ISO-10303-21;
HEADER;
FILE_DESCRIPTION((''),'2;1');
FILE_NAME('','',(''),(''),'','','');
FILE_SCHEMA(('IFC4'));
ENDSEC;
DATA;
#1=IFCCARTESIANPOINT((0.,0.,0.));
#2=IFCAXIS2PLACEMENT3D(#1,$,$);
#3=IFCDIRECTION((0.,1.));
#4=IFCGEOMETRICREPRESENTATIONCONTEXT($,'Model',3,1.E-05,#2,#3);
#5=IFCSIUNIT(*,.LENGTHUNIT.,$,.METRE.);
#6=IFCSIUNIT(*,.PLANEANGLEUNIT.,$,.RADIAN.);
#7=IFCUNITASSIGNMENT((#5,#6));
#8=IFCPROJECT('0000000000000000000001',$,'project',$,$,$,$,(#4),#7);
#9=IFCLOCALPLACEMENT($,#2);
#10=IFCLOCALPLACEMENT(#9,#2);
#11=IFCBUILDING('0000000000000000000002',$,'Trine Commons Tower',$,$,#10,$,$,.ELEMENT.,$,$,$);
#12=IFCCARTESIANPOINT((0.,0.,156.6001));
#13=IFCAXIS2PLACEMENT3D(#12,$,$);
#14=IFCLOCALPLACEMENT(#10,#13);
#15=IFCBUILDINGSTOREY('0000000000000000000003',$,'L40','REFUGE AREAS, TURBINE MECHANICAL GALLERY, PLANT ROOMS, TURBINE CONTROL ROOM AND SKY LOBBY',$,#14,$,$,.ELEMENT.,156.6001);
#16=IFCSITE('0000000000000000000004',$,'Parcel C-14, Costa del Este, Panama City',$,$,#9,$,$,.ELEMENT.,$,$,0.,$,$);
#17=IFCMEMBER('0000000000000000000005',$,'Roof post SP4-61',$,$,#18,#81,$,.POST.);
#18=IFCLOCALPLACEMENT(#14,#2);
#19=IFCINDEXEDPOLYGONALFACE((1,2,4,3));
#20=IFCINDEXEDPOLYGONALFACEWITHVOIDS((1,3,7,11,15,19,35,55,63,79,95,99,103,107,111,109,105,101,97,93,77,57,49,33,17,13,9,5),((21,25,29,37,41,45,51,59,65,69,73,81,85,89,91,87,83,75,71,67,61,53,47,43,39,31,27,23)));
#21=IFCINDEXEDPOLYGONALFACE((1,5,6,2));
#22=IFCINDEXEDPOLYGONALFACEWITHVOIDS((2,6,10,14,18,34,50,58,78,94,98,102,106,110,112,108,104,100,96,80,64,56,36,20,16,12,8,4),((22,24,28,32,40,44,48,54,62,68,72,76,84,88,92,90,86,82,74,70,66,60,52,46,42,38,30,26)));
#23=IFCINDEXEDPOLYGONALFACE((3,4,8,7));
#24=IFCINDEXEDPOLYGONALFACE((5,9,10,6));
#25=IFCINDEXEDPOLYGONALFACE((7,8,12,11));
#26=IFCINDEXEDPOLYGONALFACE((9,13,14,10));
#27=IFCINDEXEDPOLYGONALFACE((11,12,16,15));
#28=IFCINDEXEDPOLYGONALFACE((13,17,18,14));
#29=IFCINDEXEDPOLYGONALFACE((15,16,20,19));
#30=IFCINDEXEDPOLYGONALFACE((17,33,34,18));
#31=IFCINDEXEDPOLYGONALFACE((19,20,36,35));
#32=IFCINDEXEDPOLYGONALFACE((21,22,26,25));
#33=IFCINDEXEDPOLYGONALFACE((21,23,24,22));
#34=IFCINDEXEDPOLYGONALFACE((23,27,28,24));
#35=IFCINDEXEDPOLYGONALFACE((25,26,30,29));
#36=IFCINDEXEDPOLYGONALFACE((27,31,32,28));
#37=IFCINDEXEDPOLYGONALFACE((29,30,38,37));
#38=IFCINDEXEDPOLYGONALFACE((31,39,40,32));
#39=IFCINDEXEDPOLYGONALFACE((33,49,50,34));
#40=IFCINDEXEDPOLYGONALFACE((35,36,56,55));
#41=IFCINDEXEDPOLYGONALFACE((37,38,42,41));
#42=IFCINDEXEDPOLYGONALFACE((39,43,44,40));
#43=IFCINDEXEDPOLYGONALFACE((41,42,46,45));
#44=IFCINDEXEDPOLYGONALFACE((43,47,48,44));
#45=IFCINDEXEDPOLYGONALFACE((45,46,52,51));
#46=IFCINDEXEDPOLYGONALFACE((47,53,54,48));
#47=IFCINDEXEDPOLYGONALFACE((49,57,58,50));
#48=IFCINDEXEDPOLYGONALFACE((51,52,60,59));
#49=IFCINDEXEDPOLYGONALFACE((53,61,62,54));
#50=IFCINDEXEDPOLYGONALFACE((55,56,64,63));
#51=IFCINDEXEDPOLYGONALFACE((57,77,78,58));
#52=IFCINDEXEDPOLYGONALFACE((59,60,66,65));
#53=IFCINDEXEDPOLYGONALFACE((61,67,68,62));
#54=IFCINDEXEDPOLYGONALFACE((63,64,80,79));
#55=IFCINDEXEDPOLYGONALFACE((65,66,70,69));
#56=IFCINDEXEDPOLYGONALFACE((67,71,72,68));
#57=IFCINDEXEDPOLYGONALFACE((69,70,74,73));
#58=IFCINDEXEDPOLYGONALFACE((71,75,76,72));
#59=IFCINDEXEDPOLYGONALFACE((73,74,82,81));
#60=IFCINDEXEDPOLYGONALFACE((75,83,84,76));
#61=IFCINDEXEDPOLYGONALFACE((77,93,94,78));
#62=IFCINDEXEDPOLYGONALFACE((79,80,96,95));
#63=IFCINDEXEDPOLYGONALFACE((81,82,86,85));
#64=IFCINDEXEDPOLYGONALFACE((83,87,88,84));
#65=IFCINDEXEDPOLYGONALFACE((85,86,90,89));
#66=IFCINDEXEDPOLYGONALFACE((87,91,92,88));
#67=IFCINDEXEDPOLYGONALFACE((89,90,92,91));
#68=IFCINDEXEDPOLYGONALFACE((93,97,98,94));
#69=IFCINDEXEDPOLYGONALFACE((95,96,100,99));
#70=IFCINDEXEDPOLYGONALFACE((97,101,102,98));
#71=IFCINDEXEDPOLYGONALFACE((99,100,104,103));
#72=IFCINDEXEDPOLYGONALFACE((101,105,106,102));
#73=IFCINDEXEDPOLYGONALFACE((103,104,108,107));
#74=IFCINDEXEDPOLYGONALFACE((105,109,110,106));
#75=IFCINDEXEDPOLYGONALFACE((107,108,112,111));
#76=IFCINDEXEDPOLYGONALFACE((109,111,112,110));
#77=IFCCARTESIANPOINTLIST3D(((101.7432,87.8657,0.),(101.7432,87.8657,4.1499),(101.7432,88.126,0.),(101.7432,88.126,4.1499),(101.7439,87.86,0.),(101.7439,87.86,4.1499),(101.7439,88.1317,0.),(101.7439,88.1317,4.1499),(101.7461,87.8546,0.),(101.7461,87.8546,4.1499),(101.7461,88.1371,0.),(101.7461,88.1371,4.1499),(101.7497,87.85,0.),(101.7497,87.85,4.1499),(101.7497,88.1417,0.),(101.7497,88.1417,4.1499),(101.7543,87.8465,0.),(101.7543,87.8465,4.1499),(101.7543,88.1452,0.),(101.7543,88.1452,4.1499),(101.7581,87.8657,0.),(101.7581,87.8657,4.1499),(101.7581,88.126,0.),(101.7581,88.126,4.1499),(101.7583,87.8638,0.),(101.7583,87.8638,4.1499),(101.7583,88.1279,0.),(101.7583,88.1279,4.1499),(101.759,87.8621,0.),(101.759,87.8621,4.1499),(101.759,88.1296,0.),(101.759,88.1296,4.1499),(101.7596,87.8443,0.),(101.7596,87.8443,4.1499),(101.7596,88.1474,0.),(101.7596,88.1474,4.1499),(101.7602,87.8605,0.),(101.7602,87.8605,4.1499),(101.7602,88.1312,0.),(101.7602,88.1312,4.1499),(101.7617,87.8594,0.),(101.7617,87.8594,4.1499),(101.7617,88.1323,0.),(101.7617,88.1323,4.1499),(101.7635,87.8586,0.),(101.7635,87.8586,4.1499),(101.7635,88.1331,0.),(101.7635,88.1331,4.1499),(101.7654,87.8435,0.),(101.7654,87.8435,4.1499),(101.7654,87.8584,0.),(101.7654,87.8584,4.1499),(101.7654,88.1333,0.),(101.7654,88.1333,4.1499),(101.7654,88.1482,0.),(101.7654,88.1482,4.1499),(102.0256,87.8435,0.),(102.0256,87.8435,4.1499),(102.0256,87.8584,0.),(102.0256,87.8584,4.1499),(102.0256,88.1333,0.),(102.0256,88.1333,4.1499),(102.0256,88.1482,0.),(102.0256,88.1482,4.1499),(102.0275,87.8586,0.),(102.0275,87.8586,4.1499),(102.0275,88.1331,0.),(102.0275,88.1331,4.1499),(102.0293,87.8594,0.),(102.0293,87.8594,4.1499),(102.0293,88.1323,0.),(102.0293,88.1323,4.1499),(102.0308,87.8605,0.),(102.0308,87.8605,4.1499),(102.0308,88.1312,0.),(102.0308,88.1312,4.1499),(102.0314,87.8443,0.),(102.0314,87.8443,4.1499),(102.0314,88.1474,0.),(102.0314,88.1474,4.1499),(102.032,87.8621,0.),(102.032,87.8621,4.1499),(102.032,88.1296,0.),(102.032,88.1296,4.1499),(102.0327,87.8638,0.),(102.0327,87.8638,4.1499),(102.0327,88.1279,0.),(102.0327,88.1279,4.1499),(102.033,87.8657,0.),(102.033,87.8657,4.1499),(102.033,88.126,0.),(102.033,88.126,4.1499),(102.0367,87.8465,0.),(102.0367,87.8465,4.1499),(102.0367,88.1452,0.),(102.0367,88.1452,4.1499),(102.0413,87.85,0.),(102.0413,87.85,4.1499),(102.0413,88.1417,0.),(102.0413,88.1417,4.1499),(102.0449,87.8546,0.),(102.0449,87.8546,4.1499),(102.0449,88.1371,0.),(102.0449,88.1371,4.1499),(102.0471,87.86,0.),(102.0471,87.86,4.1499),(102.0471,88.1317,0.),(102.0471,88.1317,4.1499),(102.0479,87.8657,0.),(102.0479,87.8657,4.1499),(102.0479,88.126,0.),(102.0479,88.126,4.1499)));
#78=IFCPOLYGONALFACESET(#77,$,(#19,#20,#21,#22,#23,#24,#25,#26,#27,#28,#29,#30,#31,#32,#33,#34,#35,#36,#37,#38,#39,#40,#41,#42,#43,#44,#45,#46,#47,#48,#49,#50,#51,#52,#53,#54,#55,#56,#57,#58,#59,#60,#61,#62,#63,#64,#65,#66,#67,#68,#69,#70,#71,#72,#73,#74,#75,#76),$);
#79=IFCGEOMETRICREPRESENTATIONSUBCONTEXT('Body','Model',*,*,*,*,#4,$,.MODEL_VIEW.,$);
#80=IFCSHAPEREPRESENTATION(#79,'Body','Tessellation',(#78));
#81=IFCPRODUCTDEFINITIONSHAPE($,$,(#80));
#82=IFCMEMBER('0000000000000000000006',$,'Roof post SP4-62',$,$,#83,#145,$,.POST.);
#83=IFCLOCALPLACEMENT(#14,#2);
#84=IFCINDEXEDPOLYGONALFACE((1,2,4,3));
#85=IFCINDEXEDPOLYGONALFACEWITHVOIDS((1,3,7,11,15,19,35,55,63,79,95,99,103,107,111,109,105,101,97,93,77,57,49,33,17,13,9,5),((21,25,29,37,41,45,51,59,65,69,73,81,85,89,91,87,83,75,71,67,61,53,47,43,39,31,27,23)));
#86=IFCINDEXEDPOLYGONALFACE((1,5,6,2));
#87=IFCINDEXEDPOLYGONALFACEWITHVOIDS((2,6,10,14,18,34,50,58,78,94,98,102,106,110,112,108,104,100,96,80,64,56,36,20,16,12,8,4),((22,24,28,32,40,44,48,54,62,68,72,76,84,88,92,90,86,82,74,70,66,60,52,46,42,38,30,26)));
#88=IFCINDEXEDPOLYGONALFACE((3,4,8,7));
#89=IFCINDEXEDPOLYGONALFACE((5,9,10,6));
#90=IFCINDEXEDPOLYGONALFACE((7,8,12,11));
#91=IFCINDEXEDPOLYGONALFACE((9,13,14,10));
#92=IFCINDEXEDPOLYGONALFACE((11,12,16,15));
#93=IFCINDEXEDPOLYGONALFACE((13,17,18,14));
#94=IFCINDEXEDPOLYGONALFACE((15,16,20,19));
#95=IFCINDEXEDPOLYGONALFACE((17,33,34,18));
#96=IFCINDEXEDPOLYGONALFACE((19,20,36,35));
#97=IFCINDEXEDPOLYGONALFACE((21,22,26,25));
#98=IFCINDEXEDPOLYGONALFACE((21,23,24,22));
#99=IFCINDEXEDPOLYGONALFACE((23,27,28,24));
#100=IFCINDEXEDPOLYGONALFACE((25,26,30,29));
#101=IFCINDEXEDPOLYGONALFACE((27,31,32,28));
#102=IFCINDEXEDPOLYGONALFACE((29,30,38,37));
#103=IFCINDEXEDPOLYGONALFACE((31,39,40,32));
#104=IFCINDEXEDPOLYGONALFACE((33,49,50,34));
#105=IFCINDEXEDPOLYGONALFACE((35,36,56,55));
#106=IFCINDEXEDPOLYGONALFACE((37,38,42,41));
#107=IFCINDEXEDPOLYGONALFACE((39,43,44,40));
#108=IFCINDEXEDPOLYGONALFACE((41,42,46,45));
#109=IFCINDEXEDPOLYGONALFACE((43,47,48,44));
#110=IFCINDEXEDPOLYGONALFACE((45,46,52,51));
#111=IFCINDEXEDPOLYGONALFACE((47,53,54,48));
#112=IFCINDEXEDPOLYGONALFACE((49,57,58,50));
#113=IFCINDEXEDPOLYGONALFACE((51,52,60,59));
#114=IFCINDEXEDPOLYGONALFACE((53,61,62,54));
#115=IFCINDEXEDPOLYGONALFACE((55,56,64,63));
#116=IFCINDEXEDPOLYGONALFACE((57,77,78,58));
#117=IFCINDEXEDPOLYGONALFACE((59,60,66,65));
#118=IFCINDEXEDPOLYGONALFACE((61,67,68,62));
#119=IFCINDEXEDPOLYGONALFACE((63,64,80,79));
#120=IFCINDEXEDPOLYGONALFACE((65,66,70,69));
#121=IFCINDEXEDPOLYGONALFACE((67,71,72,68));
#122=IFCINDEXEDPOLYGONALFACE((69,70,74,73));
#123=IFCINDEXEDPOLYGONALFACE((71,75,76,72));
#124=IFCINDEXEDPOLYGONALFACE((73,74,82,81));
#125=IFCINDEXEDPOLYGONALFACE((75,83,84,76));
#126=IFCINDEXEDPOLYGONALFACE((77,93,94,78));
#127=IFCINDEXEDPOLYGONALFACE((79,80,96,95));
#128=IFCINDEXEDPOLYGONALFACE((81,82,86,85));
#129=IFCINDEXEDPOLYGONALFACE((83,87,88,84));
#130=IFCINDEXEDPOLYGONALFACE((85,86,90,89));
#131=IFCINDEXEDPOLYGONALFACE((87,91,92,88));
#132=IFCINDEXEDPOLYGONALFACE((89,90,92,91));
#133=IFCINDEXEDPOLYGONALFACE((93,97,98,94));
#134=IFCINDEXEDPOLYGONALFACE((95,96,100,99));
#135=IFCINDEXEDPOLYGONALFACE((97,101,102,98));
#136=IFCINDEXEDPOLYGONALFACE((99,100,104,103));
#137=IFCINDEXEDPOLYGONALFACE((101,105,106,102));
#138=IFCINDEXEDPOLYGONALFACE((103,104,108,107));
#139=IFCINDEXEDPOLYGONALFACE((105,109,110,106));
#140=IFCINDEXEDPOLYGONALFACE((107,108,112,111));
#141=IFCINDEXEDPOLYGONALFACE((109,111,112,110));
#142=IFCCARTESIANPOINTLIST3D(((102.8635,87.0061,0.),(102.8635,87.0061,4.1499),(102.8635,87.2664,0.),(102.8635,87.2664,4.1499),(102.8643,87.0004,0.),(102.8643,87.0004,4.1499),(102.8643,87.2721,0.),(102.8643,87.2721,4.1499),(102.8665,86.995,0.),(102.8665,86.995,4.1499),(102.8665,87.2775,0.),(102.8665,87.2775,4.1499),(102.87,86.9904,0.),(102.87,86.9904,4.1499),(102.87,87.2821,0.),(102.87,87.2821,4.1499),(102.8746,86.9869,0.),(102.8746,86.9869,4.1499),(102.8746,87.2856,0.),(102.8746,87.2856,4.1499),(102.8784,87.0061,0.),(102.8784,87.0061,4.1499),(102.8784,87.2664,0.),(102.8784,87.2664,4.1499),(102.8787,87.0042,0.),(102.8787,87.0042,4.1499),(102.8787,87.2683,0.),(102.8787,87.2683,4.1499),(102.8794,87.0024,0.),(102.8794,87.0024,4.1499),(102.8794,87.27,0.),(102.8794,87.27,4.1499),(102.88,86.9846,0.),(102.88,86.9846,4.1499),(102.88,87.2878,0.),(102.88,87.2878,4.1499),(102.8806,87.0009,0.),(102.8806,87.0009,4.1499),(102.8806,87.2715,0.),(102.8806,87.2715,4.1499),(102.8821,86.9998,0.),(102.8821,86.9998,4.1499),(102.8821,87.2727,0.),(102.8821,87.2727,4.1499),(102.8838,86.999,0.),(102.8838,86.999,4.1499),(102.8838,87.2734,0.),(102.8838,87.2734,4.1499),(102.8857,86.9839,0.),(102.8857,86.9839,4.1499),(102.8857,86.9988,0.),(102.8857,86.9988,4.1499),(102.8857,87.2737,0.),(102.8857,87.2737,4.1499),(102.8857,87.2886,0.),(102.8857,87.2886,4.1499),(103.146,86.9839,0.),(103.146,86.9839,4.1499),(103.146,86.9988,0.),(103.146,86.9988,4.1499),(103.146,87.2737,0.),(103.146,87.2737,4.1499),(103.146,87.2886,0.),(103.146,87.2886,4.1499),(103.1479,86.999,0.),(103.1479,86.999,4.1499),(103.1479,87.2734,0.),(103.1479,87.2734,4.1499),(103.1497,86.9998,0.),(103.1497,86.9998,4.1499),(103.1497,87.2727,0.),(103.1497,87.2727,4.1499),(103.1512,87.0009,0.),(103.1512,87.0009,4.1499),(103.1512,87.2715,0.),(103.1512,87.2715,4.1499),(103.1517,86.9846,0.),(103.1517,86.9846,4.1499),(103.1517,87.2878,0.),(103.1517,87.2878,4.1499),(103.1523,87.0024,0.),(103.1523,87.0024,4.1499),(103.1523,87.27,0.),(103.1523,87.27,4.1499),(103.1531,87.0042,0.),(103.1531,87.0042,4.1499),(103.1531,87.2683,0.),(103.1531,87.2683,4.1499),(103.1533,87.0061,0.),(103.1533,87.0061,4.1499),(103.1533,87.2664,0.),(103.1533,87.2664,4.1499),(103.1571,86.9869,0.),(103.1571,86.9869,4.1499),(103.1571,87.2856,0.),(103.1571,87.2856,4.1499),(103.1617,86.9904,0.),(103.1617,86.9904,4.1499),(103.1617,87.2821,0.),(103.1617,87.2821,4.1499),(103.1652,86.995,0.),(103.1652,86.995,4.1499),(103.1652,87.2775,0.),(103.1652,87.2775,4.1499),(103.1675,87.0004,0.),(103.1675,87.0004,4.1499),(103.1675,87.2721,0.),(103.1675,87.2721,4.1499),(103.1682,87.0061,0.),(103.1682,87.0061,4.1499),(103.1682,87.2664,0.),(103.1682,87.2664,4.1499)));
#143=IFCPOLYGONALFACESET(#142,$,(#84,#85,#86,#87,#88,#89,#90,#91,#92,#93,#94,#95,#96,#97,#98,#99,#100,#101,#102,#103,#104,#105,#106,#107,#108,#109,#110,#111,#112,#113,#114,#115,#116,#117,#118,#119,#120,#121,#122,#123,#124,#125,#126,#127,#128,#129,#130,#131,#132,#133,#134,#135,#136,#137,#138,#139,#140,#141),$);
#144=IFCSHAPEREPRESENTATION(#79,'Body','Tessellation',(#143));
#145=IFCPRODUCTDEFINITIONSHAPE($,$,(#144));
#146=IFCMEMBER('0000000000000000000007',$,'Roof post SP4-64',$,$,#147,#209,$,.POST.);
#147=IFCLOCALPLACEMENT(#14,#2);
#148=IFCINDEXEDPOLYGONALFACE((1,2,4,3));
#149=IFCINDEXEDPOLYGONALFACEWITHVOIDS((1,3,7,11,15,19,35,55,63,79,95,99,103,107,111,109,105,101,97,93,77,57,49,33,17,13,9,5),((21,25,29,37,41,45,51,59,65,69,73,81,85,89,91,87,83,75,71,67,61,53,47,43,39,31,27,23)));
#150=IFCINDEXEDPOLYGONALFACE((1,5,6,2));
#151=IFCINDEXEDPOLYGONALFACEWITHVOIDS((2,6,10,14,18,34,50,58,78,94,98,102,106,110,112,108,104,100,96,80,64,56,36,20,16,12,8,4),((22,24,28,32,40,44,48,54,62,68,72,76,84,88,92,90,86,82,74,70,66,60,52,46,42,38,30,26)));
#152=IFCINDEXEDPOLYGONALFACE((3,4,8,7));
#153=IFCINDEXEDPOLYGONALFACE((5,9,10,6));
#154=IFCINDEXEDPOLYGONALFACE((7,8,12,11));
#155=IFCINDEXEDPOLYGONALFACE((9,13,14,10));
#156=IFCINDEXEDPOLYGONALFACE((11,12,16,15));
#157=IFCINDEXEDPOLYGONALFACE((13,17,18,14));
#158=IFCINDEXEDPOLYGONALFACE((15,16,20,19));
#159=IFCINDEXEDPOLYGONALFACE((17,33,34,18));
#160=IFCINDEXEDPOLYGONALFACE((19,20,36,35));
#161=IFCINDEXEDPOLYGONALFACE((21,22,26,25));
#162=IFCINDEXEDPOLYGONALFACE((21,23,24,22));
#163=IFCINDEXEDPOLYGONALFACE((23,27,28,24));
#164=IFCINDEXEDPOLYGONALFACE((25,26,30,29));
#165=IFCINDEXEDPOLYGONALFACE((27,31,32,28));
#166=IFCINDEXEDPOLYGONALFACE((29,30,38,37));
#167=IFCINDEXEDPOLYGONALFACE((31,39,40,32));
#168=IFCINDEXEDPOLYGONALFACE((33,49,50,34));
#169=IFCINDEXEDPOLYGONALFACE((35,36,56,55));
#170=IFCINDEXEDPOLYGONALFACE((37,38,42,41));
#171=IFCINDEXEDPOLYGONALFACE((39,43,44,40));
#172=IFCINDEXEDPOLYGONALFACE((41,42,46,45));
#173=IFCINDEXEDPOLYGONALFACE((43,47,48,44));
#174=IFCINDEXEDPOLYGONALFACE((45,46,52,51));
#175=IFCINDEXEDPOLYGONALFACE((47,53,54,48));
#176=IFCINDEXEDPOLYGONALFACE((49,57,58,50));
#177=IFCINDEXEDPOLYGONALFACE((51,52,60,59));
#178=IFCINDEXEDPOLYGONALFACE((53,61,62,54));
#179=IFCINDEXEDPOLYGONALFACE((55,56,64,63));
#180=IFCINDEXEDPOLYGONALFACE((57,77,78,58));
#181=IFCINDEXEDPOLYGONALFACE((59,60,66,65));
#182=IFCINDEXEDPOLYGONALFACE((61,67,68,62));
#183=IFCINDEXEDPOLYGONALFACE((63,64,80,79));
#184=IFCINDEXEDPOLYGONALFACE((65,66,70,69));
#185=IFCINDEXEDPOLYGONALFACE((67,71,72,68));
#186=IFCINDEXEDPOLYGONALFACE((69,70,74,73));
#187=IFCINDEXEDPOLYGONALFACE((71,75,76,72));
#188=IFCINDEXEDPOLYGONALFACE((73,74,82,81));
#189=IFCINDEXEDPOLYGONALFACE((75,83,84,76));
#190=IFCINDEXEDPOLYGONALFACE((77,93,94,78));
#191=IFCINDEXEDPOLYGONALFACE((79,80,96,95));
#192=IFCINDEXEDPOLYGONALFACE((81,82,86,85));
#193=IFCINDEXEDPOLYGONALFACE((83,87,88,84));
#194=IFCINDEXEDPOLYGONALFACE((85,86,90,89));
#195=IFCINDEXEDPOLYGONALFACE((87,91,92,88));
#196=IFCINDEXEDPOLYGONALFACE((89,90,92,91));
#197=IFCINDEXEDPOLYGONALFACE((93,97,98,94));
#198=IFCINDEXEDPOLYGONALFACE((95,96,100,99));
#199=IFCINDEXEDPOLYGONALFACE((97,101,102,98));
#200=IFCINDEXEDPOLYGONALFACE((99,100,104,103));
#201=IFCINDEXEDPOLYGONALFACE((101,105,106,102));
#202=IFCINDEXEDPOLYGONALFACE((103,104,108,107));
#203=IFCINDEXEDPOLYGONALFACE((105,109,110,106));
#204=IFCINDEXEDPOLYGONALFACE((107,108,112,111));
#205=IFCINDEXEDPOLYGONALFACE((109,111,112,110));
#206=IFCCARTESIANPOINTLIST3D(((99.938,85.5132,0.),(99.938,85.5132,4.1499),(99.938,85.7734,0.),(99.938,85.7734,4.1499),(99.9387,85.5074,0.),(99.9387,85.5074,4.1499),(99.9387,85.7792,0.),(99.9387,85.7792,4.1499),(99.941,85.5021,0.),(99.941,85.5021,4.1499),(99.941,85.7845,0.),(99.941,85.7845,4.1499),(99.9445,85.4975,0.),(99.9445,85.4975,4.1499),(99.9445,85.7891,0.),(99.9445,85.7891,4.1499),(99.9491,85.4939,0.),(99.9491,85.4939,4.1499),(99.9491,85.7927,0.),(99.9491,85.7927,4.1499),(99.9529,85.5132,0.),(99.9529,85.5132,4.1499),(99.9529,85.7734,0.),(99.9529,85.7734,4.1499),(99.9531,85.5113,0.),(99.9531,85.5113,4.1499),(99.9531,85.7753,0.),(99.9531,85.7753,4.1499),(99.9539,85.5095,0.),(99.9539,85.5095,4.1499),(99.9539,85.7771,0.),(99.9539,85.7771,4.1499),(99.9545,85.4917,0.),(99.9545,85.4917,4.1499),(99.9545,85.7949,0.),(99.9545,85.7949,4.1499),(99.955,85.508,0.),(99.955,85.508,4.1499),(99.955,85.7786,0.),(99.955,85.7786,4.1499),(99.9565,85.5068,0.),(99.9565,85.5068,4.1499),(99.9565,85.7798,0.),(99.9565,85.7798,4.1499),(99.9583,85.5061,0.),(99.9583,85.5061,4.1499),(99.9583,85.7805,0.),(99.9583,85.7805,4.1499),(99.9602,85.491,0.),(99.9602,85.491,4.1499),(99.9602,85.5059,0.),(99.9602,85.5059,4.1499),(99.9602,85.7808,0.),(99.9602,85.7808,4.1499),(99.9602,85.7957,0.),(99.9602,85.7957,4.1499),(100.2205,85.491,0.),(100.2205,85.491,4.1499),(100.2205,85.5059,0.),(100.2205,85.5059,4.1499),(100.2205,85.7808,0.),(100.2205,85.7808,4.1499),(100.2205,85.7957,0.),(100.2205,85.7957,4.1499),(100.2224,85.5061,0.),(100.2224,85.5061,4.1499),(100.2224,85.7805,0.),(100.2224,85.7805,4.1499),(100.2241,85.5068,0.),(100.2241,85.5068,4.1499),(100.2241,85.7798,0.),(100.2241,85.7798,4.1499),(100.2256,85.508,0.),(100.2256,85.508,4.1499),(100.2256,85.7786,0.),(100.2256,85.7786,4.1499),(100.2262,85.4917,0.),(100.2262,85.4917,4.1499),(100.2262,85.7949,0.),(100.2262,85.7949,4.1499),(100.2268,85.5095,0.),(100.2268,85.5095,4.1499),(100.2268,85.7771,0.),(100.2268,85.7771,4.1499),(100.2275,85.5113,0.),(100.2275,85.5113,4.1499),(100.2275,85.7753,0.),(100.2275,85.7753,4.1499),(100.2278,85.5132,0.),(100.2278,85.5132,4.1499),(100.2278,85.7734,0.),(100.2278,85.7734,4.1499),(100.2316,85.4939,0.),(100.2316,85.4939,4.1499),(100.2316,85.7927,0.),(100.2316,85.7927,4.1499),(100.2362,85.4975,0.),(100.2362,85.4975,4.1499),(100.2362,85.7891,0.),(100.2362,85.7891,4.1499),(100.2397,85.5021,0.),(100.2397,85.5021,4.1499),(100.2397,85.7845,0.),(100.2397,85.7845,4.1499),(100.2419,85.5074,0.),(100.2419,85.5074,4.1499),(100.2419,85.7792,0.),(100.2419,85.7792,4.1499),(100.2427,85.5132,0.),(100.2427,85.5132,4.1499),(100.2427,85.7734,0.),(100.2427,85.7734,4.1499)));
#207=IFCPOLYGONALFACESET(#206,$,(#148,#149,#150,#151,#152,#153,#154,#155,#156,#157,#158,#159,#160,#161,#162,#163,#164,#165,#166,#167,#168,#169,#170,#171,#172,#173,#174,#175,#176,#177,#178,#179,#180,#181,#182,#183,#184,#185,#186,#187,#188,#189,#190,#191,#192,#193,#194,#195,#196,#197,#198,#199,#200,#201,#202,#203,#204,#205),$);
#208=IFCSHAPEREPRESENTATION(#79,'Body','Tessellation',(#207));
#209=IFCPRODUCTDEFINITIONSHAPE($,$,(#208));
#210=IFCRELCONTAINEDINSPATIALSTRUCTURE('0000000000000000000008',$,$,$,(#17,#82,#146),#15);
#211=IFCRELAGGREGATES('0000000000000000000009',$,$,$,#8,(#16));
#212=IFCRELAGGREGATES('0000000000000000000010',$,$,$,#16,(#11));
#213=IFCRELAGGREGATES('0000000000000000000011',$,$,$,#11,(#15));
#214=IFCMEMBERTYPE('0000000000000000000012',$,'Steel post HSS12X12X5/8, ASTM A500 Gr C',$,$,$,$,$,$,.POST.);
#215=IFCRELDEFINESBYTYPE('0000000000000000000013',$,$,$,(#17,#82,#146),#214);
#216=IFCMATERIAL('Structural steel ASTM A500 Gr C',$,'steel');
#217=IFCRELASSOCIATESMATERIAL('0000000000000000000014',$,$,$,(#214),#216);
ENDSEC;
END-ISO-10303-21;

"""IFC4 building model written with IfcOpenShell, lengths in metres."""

from ifc_helpers import new_model, si_unit, direction, frame, origin, origin_2d, place, context, subcontext, project, spatial, hollow_rectangle, extrude, material, material_profile, profile_set, type_object, element, save


model = new_model("IFC4")

# Units and contexts
model_context = context("Model", 3, precision=1e-05, world=origin(), true_north=direction((0.0, 1.0)))
body_context = subcontext(model_context, "Body", "Model", "MODEL_VIEW")
ifc_project = project(units=[si_unit("LENGTHUNIT", "METRE"), si_unit("PLANEANGLEUNIT", "RADIAN")], contexts=[model_context])

# Site, building, storey
site_placement = place(None, origin())
site = spatial("IfcSite", under=ifc_project, at=site_placement, Name="Parcel C-14, Costa del Este, Panama City", CompositionType="ELEMENT", RefElevation=0.0)
building_placement = place(site_placement, origin())
building = spatial("IfcBuilding", under=site, at=building_placement, Name="Trine Commons Tower", CompositionType="ELEMENT")
storey_placement = place(building_placement, frame((0.0, 0.0, 156.6001)))
storey = spatial("IfcBuildingStorey", under=building, at=storey_placement, Name="L40", Description="REFUGE AREAS, TURBINE MECHANICAL GALLERY, PLANT ROOMS, TURBINE CONTROL ROOM AND SKY LOBBY", CompositionType="ELEMENT", Elevation=156.6001)

# Members
ifc_material_1 = material(Name="Structural steel ASTM A500 Gr C", Category="steel")
ifc_material_profile_1 = material_profile(ifc_material_1, hollow_rectangle(XDim=0.3047, YDim=0.3047, WallThickness=0.0149, InnerFilletRadius=0.0073, OuterFilletRadius=0.0222, at=origin_2d()), Name="HSS12X12X5/8")
ifc_profile_set_1 = profile_set([ifc_material_profile_1], Name="Structural steel ASTM A500 Gr C")
member_type_1 = type_object("IfcMemberType", Name="Steel post HSS12X12X5/8, ASTM A500 Gr C", PredefinedType="POST", material=ifc_profile_set_1)
for number, where, z_axis, x_axis, name in (
    (1, (101.8955, 87.9958, 0.0), (0.0, 0.0, 1.0), (1.0, 0.0, 0.0), "Roof post SP4-61"),
    (2, (103.0159, 87.1362, 0.0), (0.0, 0.0, 1.0), (1.0, 0.0, 0.0), "Roof post SP4-62"),
    (3, (100.0903, 85.6433, 0.0), (0.0, 0.0, 1.0), (1.0, 0.0, 0.0), "Roof post SP4-64"),
):
    element("IfcMember", number, at=place(storey_placement, frame(where, z_axis=z_axis, x_axis=x_axis)), inside=storey, type_object=member_type_1, Name=name, PredefinedType="POST", context=body_context, shape_type="SweptSolid", body=[
        extrude(hollow_rectangle(XDim=0.3047, YDim=0.3047, WallThickness=0.0149, InnerFilletRadius=0.0073, OuterFilletRadius=0.0222, at=origin_2d()), origin(), (0.0, 0.0, 1.0), 4.1499),
    ])

save(model, "model.ifc")
